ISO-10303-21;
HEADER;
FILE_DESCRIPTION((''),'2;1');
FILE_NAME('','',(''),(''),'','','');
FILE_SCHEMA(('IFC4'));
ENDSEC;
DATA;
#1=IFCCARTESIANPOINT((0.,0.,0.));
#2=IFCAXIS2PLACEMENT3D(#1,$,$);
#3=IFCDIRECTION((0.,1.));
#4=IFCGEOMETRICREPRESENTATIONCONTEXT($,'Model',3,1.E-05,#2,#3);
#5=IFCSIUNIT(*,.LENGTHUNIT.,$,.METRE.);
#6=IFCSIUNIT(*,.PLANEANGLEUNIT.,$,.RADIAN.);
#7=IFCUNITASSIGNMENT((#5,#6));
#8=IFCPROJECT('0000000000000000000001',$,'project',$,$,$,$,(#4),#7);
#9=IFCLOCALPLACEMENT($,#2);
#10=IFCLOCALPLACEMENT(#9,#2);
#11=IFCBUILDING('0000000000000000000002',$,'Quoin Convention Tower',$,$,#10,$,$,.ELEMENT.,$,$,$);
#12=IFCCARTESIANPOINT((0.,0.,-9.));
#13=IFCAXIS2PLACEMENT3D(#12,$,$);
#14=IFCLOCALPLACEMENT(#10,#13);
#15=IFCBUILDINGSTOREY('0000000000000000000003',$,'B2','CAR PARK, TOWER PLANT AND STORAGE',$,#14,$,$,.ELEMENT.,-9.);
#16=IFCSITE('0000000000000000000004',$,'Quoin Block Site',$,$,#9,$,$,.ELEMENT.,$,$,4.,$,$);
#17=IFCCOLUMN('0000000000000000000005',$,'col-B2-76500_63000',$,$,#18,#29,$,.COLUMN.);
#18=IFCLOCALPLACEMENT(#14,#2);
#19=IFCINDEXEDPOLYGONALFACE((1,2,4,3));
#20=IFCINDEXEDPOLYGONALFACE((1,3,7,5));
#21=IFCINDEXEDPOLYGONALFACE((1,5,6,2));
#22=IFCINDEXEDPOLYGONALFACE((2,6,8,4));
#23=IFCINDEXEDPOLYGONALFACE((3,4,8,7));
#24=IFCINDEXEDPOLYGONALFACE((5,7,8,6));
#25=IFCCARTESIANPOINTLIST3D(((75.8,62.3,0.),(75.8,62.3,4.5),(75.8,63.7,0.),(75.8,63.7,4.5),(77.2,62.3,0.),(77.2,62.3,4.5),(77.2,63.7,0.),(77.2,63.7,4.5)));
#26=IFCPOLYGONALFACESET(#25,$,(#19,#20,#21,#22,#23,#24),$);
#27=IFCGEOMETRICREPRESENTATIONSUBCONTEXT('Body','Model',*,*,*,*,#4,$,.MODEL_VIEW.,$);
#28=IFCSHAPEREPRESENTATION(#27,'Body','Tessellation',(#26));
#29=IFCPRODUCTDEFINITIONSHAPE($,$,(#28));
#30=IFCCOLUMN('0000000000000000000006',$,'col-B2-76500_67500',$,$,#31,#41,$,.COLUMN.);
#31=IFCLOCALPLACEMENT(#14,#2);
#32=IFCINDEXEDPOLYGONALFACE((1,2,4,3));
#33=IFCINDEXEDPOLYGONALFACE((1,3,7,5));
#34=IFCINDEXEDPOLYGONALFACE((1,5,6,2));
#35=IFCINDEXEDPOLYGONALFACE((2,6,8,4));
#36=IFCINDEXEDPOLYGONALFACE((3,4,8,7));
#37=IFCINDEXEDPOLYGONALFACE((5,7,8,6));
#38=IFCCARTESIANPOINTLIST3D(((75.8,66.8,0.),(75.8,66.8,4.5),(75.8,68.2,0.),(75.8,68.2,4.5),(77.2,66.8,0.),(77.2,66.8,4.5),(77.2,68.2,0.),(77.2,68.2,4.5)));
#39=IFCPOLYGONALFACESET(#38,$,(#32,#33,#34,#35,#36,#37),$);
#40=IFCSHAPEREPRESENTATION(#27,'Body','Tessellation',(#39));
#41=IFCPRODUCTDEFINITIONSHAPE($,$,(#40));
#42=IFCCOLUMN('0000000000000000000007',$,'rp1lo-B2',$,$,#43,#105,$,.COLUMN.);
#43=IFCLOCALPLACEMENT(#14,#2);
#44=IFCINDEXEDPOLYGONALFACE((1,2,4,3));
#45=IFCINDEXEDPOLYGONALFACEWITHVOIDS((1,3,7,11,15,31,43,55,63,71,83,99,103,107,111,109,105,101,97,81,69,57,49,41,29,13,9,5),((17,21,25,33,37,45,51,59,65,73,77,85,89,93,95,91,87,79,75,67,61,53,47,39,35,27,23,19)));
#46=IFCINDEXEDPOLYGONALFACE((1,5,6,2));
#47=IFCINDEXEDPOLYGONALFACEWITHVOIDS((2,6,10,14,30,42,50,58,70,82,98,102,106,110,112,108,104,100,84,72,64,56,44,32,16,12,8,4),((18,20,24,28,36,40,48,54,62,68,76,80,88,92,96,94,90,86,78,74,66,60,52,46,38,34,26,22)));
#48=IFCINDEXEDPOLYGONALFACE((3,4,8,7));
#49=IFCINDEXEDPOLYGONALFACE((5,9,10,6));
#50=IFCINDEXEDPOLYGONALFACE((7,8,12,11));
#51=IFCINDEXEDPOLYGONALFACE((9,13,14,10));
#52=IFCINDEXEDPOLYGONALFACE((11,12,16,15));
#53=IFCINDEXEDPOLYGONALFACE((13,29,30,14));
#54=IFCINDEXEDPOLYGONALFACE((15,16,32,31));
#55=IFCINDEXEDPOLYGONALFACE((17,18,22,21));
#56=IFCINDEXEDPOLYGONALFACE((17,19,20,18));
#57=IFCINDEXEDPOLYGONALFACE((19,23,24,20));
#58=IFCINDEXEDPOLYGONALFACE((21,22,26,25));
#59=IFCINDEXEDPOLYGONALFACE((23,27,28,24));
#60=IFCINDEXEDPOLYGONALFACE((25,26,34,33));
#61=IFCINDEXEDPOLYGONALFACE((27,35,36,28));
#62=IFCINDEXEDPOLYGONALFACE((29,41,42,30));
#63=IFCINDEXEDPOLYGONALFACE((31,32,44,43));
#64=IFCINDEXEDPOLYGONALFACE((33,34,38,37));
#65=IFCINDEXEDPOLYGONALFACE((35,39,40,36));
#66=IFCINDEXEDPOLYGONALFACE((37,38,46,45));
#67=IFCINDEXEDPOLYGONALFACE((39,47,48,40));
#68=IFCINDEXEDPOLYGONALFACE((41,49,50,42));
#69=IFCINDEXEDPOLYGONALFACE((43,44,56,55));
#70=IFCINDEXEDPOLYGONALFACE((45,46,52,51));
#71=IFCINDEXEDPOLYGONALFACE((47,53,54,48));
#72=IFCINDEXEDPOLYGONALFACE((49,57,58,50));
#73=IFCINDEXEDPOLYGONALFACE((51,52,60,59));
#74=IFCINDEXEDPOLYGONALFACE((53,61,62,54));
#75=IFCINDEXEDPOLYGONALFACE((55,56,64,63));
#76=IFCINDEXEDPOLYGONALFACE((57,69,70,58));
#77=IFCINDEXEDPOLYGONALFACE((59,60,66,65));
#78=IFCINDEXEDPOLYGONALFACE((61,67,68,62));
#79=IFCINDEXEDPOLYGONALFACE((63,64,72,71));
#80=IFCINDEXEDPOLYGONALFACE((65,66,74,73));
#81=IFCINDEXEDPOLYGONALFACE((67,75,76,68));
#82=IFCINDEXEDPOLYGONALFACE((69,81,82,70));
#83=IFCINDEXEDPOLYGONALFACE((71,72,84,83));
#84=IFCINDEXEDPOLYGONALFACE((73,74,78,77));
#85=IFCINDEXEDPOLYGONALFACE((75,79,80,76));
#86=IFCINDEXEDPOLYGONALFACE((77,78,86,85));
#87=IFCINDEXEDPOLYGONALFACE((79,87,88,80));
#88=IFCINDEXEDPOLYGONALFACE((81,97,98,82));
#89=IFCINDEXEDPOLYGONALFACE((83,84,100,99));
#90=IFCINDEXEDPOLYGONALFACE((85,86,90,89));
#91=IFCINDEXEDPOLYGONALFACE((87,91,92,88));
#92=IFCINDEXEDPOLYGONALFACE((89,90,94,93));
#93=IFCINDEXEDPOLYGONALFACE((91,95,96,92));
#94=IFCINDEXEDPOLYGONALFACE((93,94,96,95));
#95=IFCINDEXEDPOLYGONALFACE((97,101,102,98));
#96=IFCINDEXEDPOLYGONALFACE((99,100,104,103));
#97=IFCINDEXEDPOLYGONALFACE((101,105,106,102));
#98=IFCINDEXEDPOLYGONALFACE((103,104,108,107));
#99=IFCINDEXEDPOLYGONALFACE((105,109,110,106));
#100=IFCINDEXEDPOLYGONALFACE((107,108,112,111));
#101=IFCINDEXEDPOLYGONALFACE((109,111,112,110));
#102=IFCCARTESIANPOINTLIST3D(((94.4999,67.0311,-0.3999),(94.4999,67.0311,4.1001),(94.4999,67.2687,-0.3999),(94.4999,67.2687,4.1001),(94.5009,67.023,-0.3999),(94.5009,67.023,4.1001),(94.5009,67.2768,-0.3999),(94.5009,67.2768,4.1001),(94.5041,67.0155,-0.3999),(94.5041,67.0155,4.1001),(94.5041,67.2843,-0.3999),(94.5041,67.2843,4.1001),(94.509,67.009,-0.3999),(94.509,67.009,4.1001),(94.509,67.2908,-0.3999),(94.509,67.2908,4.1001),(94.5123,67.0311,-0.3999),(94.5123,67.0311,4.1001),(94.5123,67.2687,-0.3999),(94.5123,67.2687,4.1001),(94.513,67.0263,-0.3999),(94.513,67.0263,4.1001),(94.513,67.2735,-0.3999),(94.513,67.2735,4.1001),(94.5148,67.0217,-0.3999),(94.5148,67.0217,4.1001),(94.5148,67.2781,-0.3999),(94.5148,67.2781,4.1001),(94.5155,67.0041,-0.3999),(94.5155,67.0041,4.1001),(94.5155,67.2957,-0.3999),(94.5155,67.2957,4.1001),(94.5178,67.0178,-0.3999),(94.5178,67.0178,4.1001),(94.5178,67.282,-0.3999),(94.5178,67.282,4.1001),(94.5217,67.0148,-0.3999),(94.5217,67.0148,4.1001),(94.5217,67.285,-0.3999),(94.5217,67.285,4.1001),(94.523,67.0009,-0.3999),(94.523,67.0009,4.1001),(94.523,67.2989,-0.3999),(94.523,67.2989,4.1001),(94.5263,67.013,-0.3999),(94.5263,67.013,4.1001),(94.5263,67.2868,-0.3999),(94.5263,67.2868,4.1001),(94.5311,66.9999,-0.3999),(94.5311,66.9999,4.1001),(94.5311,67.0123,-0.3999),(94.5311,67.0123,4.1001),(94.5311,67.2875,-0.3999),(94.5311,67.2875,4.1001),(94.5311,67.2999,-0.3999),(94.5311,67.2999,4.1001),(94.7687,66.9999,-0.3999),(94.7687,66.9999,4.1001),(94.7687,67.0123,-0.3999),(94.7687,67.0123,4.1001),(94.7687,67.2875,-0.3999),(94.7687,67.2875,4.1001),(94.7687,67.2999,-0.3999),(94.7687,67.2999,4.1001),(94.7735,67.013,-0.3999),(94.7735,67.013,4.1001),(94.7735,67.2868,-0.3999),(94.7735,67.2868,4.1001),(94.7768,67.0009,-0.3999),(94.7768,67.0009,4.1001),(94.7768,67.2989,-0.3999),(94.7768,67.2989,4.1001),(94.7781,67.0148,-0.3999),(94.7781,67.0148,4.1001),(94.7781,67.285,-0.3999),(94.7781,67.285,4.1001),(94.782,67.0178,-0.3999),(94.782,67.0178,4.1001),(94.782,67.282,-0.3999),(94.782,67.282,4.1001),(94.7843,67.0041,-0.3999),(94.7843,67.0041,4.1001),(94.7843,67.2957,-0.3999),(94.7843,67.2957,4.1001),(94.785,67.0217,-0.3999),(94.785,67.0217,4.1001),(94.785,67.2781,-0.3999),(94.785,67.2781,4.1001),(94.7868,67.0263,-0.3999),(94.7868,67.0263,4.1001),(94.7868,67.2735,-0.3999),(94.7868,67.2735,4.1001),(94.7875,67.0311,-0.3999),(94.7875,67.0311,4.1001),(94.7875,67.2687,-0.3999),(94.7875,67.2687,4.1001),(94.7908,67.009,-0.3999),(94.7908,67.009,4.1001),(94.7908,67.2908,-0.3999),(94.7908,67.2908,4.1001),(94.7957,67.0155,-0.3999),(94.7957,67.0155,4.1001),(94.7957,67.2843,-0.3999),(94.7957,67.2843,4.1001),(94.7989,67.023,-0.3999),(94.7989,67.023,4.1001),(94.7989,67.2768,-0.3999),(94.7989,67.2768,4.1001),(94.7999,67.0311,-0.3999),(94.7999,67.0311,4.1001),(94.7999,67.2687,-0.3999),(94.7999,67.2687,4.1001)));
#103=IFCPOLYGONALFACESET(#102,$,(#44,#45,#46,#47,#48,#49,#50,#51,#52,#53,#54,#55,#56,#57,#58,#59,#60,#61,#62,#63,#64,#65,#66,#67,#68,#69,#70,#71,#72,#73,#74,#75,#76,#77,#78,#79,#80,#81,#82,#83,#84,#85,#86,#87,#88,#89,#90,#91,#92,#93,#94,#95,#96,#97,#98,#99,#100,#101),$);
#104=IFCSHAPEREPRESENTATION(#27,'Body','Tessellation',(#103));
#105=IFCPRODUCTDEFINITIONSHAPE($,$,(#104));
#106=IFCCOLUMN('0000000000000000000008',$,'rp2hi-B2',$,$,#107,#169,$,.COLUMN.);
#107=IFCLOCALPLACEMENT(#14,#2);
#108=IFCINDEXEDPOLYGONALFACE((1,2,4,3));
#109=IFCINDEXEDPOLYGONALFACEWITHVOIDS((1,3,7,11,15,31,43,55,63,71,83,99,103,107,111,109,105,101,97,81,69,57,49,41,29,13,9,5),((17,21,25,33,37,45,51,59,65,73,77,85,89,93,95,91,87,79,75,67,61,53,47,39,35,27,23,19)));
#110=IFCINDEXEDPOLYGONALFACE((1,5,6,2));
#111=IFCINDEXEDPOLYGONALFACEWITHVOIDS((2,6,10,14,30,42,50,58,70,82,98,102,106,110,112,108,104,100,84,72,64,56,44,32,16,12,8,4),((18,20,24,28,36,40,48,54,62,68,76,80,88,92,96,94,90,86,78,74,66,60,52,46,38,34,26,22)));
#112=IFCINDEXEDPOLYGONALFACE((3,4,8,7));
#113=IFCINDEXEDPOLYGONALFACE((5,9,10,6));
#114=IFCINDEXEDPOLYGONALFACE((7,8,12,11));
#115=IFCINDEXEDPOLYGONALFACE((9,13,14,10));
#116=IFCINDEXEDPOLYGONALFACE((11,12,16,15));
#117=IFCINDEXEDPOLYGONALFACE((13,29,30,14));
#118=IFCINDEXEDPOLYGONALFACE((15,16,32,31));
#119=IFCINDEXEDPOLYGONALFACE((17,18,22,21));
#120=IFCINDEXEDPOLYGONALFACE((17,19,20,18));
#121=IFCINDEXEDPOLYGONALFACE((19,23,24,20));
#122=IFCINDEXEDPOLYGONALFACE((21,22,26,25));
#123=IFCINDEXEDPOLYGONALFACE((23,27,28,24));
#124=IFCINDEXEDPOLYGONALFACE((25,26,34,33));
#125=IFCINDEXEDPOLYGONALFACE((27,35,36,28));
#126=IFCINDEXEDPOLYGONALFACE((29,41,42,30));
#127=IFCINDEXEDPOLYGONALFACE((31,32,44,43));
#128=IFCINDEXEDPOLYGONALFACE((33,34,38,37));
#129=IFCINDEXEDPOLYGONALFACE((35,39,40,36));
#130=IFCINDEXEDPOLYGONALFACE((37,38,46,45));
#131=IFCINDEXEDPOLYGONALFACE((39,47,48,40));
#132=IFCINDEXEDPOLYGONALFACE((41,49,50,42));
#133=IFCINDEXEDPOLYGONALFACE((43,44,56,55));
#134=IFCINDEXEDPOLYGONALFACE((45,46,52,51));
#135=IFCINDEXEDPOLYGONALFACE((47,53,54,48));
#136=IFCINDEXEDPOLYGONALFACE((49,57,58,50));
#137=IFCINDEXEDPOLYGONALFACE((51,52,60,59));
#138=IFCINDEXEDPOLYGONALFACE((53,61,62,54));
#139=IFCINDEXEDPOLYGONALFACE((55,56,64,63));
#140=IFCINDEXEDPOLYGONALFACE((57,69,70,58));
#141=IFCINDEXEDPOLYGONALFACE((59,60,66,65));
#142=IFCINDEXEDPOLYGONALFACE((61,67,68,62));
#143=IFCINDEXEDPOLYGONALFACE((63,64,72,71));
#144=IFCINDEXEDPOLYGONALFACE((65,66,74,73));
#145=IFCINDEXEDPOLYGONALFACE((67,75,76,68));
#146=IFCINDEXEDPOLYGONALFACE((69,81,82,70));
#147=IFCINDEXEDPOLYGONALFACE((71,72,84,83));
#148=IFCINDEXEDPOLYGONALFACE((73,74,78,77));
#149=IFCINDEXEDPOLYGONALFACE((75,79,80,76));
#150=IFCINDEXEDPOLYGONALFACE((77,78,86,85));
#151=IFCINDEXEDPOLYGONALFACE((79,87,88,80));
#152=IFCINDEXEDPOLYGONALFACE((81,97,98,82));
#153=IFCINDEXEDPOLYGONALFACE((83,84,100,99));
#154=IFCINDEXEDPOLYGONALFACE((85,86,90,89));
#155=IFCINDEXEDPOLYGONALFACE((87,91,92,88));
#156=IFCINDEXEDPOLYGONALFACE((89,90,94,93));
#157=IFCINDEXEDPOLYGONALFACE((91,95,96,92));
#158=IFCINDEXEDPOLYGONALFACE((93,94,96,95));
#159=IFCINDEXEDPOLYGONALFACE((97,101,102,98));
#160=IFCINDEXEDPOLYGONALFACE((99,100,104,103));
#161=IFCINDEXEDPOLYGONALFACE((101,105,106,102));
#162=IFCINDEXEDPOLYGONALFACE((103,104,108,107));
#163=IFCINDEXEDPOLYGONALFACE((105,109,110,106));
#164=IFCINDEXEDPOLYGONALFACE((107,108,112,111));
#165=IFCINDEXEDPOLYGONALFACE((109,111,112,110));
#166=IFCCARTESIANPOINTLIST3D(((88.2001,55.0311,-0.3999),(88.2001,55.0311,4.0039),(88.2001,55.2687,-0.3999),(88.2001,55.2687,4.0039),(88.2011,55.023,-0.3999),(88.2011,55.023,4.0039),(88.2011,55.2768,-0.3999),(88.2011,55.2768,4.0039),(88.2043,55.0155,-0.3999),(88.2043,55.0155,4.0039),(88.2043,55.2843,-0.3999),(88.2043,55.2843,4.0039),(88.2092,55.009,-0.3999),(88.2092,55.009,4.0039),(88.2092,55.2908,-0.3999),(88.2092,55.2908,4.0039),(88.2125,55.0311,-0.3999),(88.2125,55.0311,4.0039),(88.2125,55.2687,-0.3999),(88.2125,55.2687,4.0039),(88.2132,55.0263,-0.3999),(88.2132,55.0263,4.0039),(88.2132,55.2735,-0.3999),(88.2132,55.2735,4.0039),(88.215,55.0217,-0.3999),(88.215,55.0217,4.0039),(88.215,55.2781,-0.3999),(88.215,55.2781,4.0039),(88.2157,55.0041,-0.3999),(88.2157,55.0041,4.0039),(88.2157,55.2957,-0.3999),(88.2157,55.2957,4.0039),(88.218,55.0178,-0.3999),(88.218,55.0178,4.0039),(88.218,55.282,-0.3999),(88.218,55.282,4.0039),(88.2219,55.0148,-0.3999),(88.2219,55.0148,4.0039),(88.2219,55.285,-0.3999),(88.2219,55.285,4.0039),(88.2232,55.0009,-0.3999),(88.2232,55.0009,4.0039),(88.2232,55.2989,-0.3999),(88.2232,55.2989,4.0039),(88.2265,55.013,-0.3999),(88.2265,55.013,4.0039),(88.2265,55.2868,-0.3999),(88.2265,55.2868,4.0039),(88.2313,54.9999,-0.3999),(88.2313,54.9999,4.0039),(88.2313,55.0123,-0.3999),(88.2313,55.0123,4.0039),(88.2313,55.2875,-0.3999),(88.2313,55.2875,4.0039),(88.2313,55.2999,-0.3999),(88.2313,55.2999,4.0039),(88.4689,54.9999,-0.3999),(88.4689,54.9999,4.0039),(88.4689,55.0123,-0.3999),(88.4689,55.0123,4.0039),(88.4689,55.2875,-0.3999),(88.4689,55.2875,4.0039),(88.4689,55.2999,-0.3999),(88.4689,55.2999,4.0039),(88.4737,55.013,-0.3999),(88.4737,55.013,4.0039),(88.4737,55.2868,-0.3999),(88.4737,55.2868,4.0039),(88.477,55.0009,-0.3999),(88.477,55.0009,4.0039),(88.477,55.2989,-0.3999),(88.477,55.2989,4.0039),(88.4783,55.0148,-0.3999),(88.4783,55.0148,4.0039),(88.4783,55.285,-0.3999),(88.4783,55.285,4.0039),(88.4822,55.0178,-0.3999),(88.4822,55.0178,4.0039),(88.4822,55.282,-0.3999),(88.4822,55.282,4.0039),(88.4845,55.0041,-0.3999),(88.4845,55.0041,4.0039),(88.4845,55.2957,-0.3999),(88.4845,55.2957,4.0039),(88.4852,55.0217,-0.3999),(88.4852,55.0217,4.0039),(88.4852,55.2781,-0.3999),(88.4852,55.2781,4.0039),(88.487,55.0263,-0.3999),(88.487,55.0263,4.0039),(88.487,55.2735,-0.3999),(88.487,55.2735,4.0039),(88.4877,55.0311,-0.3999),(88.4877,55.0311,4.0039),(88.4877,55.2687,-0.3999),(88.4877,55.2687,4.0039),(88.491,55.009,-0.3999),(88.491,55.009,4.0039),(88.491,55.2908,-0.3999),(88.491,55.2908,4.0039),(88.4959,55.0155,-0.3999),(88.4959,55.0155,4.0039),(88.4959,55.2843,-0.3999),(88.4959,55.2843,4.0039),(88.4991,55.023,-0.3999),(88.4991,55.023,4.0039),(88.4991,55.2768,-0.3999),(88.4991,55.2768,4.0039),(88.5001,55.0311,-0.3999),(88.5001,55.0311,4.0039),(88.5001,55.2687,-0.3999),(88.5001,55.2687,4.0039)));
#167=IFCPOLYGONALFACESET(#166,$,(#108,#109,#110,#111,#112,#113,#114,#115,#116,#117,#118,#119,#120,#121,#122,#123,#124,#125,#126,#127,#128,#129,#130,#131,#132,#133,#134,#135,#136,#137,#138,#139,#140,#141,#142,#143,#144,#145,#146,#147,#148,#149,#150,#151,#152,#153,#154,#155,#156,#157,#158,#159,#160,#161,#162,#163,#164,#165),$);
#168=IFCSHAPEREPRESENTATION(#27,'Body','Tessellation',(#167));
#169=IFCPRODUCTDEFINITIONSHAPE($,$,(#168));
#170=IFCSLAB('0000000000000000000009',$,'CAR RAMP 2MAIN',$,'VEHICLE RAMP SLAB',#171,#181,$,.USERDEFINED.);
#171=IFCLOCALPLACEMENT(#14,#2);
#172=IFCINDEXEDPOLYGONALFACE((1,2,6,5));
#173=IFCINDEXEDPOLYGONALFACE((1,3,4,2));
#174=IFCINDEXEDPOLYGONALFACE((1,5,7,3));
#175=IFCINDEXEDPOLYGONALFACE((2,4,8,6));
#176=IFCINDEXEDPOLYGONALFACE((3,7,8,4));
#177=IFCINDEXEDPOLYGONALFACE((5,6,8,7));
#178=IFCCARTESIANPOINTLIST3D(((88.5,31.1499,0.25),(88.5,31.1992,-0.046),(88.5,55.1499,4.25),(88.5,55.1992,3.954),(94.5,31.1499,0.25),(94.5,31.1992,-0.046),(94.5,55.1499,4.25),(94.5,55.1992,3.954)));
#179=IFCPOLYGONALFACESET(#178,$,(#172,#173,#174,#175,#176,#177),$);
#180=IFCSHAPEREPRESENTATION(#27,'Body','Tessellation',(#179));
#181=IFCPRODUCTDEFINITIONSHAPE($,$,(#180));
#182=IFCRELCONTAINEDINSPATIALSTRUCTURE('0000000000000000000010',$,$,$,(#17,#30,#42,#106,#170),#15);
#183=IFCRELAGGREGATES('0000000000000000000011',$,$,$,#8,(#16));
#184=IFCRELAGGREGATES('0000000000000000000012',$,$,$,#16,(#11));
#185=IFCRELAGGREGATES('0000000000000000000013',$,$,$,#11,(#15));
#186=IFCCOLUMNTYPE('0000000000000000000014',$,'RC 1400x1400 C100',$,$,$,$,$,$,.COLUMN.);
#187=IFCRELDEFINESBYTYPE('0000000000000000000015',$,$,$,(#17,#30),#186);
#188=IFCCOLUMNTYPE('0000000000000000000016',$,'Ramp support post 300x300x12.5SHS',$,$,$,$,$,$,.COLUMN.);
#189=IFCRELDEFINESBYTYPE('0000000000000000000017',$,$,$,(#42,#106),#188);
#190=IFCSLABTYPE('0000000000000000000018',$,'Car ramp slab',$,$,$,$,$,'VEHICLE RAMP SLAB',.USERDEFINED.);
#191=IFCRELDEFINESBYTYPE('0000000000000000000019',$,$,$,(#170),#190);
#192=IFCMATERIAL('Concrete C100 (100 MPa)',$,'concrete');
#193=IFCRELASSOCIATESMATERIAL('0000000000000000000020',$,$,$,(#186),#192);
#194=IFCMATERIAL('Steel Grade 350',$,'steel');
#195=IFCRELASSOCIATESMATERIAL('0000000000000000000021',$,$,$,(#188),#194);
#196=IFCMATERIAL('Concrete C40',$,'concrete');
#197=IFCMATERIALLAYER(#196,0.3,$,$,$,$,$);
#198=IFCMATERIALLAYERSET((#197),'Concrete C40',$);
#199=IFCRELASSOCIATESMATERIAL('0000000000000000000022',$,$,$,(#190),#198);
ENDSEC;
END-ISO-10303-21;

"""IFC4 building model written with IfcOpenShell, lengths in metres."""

from ifc_helpers import new_model, si_unit, direction, frame, origin, origin_2d, place, context, subcontext, project, spatial, polyline, rectangle, hollow_rectangle, outline, extrude, material, layer, layer_set, material_profile, profile_set, type_object, element, save


model = new_model("IFC4")

# Units and contexts
model_context = context("Model", 3, precision=1e-05, world=origin(), true_north=direction((0.0, 1.0)))
body_context = subcontext(model_context, "Body", "Model", "MODEL_VIEW")
ifc_project = project(units=[si_unit("LENGTHUNIT", "METRE"), si_unit("PLANEANGLEUNIT", "RADIAN")], contexts=[model_context])

# Site, building, storey
site_placement = place(None, origin())
site = spatial("IfcSite", under=ifc_project, at=site_placement, Name="Quoin Block Site", CompositionType="ELEMENT", RefElevation=4.0)
building_placement = place(site_placement, origin())
building = spatial("IfcBuilding", under=site, at=building_placement, Name="Quoin Convention Tower", CompositionType="ELEMENT")
storey_placement = place(building_placement, frame((0.0, 0.0, -9.0)))
storey = spatial("IfcBuildingStorey", under=building, at=storey_placement, Name="B2", Description="CAR PARK, TOWER PLANT AND STORAGE", CompositionType="ELEMENT", Elevation=-9.0)

# Shared definitions
ifc_material_1 = material(Name="Concrete C40", Category="concrete")

# Columns
ifc_material_2 = material(Name="Concrete C100 (100 MPa)", Category="concrete")
ifc_material_profile_1 = material_profile(ifc_material_2, rectangle(XDim=1.3999, YDim=1.3999, at=origin_2d()), Name="RC 1400x1400")
ifc_profile_set_1 = profile_set([ifc_material_profile_1], Name="Concrete C100 (100 MPa)")
column_type_1 = type_object("IfcColumnType", Name="RC 1400x1400 C100", PredefinedType="COLUMN", material=ifc_profile_set_1)
for number, where, z_axis, x_axis, name in (
    (1, (76.5, 63.0, 0.0), (0.0, 0.0, 1.0), (1.0, 0.0, 0.0), "col-B2-76500_63000"),
    (2, (76.5, 67.5, 0.0), (0.0, 0.0, 1.0), (1.0, 0.0, 0.0), "col-B2-76500_67500"),
):
    element("IfcColumn", number, at=place(storey_placement, frame(where, z_axis=z_axis, x_axis=x_axis)), inside=storey, type_object=column_type_1, Name=name, PredefinedType="COLUMN", context=body_context, shape_type="SweptSolid", body=[
        extrude(rectangle(XDim=1.3999, YDim=1.3999, at=origin_2d()), origin(), (0.0, 0.0, 1.0), 4.5),
    ])
ifc_material_3 = material(Name="Steel Grade 350", Category="steel")
ifc_material_profile_2 = material_profile(ifc_material_3, hollow_rectangle(XDim=0.3, YDim=0.3, WallThickness=0.0125, InnerFilletRadius=0.0188, OuterFilletRadius=0.0312, at=origin_2d()), Name="300x300x12.5SHS")
ifc_profile_set_2 = profile_set([ifc_material_profile_2], Name="Steel Grade 350")
column_type_2 = type_object("IfcColumnType", Name="Ramp support post 300x300x12.5SHS", PredefinedType="COLUMN", material=ifc_profile_set_2)
column_1_placement = place(storey_placement, frame((94.6499, 67.1499, -0.3999), z_axis=(0.0, 0.0, 1.0), x_axis=(1.0, 0.0, 0.0)))
element("IfcColumn", 3, at=column_1_placement, inside=storey, type_object=column_type_2, Name="rp1lo-B2", PredefinedType="COLUMN", context=body_context, shape_type="SweptSolid", body=[
    extrude(hollow_rectangle(XDim=0.3, YDim=0.3, WallThickness=0.0125, InnerFilletRadius=0.0188, OuterFilletRadius=0.0312, at=origin_2d()), origin(), (0.0, 0.0, 1.0), 4.5),
])
column_2_placement = place(storey_placement, frame((88.3501, 55.1499, -0.3999), z_axis=(0.0, 0.0, 1.0), x_axis=(1.0, 0.0, 0.0)))
element("IfcColumn", 4, at=column_2_placement, inside=storey, type_object=column_type_2, Name="rp2hi-B2", PredefinedType="COLUMN", context=body_context, shape_type="SweptSolid", body=[
    extrude(hollow_rectangle(XDim=0.3, YDim=0.3, WallThickness=0.0125, InnerFilletRadius=0.0188, OuterFilletRadius=0.0312, at=origin_2d()), origin(), (0.0, 0.0, 1.0), 4.4038),
])

# Slab
ifc_layer = layer(ifc_material_1, 0.3)
ifc_layer_set = layer_set([ifc_layer], Name="Concrete C40")
slab_type = type_object("IfcSlabType", Name="Car ramp slab", ElementType="VEHICLE RAMP SLAB", PredefinedType="USERDEFINED", material=ifc_layer_set)
slab_placement = place(storey_placement, frame((88.5, 55.1499, 4.25), z_axis=(0.0, -0.164399, 0.986394), x_axis=(1.0, 0.0, 0.0)))
element("IfcSlab", 5, at=slab_placement, inside=storey, type_object=slab_type, Name="CAR RAMP 2MAIN", ObjectType="VEHICLE RAMP SLAB", PredefinedType="USERDEFINED", context=body_context, shape_type="SweptSolid", body=[
    extrude(outline(polyline([(0.0, 0.0), (6.0, 0.0), (6.0, -24.3311), (0.0, -24.3311), (0.0, 0.0)])), origin(), (0.0, 0.0, -1.0), 0.3),
])

save(model, "model.ifc")
